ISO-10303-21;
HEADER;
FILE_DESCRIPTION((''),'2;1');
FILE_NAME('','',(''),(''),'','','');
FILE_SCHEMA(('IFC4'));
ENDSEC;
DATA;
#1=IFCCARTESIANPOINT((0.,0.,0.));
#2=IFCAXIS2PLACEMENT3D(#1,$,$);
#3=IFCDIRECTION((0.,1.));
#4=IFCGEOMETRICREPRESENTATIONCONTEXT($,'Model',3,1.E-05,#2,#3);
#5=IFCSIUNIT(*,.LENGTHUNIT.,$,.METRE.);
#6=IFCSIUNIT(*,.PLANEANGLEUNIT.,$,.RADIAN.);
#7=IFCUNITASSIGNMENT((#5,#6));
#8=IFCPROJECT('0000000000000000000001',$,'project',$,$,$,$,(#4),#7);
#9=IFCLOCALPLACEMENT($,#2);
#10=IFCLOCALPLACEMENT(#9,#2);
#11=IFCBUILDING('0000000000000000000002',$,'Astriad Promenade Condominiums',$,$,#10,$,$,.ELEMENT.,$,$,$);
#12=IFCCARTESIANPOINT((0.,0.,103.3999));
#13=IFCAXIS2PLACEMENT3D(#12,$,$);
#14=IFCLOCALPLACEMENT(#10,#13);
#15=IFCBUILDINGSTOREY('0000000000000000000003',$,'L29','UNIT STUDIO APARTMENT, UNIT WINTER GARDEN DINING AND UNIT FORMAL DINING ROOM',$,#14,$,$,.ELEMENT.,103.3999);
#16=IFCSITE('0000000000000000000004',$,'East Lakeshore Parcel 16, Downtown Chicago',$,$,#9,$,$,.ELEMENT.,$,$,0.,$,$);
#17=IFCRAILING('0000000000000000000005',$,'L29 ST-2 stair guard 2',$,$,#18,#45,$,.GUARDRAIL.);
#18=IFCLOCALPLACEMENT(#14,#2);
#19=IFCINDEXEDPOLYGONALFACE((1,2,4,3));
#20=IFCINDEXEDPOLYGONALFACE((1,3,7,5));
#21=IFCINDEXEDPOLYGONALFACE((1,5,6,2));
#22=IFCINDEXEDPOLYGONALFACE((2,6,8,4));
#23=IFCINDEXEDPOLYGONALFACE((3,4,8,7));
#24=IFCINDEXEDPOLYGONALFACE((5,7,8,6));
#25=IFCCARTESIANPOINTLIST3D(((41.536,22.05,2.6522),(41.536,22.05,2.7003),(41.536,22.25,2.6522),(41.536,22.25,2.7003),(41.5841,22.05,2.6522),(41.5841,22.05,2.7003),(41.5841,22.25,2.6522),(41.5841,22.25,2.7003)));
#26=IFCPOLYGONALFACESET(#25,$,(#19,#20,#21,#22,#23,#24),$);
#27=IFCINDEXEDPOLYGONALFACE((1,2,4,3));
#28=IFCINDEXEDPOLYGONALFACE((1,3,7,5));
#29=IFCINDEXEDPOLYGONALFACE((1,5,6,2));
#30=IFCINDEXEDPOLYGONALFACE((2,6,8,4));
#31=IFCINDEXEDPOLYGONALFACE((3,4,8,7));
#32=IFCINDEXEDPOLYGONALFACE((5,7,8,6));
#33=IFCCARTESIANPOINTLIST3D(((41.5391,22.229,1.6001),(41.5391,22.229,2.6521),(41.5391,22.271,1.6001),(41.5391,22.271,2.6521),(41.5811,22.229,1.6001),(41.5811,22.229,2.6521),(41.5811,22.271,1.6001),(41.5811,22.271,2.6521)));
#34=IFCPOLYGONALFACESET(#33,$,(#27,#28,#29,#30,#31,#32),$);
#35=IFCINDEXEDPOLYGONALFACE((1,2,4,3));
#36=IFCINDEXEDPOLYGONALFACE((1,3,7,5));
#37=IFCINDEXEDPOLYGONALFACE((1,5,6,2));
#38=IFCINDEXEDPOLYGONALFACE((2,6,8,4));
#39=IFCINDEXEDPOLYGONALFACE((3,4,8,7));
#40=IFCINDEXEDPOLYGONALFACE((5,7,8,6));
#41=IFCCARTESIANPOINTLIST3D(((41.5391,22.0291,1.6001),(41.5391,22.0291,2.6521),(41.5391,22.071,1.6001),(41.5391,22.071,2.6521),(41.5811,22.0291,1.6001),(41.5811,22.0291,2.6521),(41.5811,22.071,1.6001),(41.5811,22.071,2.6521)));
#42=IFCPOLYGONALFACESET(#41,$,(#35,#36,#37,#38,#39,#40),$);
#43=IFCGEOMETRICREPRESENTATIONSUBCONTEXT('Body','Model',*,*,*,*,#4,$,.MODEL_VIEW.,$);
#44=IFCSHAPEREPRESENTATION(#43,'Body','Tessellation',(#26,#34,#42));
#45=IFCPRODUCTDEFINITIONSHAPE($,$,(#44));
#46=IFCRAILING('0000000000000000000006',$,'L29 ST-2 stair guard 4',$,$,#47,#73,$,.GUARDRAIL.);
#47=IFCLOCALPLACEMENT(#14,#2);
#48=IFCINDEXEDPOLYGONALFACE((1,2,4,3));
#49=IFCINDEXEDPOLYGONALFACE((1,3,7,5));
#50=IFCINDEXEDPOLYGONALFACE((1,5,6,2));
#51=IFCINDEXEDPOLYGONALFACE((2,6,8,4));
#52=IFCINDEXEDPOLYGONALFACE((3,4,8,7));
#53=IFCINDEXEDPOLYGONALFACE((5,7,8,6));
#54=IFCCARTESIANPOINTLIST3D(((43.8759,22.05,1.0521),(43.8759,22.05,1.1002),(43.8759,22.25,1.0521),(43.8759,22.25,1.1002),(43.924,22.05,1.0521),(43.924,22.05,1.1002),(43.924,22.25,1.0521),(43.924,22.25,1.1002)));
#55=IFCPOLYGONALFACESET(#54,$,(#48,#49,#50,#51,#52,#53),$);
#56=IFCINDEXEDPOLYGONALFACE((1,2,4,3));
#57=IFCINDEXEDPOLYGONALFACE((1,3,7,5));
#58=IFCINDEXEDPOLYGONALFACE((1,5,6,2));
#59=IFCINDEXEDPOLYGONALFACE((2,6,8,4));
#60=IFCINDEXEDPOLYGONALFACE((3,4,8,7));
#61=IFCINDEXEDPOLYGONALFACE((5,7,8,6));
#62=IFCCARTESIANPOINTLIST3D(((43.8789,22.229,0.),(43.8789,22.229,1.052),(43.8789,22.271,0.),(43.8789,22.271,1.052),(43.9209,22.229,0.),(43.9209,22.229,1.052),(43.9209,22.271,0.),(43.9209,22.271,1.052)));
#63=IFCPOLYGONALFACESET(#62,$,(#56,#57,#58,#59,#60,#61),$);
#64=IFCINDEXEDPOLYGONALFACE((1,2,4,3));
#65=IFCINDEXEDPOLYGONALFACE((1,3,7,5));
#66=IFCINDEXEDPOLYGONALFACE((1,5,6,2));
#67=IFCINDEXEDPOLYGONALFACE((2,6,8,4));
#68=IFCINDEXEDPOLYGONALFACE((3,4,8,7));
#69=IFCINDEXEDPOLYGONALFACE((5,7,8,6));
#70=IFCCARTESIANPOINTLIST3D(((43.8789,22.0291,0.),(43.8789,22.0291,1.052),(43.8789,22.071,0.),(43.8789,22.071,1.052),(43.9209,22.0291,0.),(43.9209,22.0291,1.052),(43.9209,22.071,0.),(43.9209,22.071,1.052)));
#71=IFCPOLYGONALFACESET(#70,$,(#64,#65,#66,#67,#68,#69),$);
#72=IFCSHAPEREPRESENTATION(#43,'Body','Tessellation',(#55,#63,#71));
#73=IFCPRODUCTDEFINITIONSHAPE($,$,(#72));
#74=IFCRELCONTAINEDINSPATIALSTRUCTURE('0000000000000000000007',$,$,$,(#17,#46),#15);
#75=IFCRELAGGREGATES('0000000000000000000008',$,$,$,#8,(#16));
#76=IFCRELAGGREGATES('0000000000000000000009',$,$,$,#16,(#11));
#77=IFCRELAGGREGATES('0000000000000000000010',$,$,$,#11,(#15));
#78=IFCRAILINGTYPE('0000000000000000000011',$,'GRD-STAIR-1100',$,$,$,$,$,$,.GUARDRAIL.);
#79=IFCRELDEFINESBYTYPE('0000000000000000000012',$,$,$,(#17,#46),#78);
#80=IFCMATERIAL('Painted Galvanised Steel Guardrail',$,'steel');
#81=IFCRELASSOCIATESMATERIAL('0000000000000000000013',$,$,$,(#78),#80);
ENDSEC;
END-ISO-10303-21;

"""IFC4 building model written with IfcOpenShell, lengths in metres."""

from ifc_helpers import new_model, si_unit, direction, frame, origin, origin_2d, place, context, subcontext, project, spatial, rectangle, extrude, source, transform, mapped, material, type_object, element, save


model = new_model("IFC4")

# Units and contexts
model_context = context("Model", 3, precision=1e-05, world=origin(), true_north=direction((0.0, 1.0)))
body_context = subcontext(model_context, "Body", "Model", "MODEL_VIEW")
ifc_project = project(units=[si_unit("LENGTHUNIT", "METRE"), si_unit("PLANEANGLEUNIT", "RADIAN")], contexts=[model_context])

# Site, building, storey
site_placement = place(None, origin())
site = spatial("IfcSite", under=ifc_project, at=site_placement, Name="East Lakeshore Parcel 16, Downtown Chicago", CompositionType="ELEMENT", RefElevation=0.0)
building_placement = place(site_placement, origin())
building = spatial("IfcBuilding", under=site, at=building_placement, Name="Astriad Promenade Condominiums", CompositionType="ELEMENT")
storey_placement = place(building_placement, frame((0.0, 0.0, 103.3999)))
storey = spatial("IfcBuildingStorey", under=building, at=storey_placement, Name="L29", Description="UNIT STUDIO APARTMENT, UNIT WINTER GARDEN DINING AND UNIT FORMAL DINING ROOM", CompositionType="ELEMENT", Elevation=103.3999)

# Railings
ifc_material_1 = material(Name="Painted Galvanised Steel Guardrail", Category="steel")
railing_type_1 = type_object("IfcRailingType", Name="GRD-STAIR-1100", PredefinedType="GUARDRAIL", material=ifc_material_1)
shared_shape_1 = source(origin(), body_context, "Body", "SweptSolid", [
    extrude(rectangle(XDim=0.0481, YDim=0.0481, at=origin_2d()), frame((0.0, 0.0, 1.0762), z_axis=(0.0, -1.0, 0.0), x_axis=(1.0, 0.0, 0.0)), (0.0, 0.0, 1.0), 0.2),
    extrude(rectangle(XDim=0.042, YDim=0.042, at=origin_2d()), origin(), (0.0, 0.0, 1.0), 1.052),
    extrude(rectangle(XDim=0.042, YDim=0.042, at=origin_2d()), frame((0.0, -0.2, 0.0)), (0.0, 0.0, 1.0), 1.052),
])
for number, where, name in (
    (1, (41.5601, 22.25, 1.6001), "L29 ST-2 stair guard 2"),
    (2, (43.8999, 22.25, 0.0), "L29 ST-2 stair guard 4"),
):
    element("IfcRailing", number, at=place(storey_placement, frame(where)), inside=storey, type_object=railing_type_1, Name=name, PredefinedType="GUARDRAIL", context=body_context, shape_type="MappedRepresentation", body=[
        mapped(shared_shape_1, transform((0.0, 0.0, 0.0), scale=1.0)),
    ])

save(model, "model.ifc")
